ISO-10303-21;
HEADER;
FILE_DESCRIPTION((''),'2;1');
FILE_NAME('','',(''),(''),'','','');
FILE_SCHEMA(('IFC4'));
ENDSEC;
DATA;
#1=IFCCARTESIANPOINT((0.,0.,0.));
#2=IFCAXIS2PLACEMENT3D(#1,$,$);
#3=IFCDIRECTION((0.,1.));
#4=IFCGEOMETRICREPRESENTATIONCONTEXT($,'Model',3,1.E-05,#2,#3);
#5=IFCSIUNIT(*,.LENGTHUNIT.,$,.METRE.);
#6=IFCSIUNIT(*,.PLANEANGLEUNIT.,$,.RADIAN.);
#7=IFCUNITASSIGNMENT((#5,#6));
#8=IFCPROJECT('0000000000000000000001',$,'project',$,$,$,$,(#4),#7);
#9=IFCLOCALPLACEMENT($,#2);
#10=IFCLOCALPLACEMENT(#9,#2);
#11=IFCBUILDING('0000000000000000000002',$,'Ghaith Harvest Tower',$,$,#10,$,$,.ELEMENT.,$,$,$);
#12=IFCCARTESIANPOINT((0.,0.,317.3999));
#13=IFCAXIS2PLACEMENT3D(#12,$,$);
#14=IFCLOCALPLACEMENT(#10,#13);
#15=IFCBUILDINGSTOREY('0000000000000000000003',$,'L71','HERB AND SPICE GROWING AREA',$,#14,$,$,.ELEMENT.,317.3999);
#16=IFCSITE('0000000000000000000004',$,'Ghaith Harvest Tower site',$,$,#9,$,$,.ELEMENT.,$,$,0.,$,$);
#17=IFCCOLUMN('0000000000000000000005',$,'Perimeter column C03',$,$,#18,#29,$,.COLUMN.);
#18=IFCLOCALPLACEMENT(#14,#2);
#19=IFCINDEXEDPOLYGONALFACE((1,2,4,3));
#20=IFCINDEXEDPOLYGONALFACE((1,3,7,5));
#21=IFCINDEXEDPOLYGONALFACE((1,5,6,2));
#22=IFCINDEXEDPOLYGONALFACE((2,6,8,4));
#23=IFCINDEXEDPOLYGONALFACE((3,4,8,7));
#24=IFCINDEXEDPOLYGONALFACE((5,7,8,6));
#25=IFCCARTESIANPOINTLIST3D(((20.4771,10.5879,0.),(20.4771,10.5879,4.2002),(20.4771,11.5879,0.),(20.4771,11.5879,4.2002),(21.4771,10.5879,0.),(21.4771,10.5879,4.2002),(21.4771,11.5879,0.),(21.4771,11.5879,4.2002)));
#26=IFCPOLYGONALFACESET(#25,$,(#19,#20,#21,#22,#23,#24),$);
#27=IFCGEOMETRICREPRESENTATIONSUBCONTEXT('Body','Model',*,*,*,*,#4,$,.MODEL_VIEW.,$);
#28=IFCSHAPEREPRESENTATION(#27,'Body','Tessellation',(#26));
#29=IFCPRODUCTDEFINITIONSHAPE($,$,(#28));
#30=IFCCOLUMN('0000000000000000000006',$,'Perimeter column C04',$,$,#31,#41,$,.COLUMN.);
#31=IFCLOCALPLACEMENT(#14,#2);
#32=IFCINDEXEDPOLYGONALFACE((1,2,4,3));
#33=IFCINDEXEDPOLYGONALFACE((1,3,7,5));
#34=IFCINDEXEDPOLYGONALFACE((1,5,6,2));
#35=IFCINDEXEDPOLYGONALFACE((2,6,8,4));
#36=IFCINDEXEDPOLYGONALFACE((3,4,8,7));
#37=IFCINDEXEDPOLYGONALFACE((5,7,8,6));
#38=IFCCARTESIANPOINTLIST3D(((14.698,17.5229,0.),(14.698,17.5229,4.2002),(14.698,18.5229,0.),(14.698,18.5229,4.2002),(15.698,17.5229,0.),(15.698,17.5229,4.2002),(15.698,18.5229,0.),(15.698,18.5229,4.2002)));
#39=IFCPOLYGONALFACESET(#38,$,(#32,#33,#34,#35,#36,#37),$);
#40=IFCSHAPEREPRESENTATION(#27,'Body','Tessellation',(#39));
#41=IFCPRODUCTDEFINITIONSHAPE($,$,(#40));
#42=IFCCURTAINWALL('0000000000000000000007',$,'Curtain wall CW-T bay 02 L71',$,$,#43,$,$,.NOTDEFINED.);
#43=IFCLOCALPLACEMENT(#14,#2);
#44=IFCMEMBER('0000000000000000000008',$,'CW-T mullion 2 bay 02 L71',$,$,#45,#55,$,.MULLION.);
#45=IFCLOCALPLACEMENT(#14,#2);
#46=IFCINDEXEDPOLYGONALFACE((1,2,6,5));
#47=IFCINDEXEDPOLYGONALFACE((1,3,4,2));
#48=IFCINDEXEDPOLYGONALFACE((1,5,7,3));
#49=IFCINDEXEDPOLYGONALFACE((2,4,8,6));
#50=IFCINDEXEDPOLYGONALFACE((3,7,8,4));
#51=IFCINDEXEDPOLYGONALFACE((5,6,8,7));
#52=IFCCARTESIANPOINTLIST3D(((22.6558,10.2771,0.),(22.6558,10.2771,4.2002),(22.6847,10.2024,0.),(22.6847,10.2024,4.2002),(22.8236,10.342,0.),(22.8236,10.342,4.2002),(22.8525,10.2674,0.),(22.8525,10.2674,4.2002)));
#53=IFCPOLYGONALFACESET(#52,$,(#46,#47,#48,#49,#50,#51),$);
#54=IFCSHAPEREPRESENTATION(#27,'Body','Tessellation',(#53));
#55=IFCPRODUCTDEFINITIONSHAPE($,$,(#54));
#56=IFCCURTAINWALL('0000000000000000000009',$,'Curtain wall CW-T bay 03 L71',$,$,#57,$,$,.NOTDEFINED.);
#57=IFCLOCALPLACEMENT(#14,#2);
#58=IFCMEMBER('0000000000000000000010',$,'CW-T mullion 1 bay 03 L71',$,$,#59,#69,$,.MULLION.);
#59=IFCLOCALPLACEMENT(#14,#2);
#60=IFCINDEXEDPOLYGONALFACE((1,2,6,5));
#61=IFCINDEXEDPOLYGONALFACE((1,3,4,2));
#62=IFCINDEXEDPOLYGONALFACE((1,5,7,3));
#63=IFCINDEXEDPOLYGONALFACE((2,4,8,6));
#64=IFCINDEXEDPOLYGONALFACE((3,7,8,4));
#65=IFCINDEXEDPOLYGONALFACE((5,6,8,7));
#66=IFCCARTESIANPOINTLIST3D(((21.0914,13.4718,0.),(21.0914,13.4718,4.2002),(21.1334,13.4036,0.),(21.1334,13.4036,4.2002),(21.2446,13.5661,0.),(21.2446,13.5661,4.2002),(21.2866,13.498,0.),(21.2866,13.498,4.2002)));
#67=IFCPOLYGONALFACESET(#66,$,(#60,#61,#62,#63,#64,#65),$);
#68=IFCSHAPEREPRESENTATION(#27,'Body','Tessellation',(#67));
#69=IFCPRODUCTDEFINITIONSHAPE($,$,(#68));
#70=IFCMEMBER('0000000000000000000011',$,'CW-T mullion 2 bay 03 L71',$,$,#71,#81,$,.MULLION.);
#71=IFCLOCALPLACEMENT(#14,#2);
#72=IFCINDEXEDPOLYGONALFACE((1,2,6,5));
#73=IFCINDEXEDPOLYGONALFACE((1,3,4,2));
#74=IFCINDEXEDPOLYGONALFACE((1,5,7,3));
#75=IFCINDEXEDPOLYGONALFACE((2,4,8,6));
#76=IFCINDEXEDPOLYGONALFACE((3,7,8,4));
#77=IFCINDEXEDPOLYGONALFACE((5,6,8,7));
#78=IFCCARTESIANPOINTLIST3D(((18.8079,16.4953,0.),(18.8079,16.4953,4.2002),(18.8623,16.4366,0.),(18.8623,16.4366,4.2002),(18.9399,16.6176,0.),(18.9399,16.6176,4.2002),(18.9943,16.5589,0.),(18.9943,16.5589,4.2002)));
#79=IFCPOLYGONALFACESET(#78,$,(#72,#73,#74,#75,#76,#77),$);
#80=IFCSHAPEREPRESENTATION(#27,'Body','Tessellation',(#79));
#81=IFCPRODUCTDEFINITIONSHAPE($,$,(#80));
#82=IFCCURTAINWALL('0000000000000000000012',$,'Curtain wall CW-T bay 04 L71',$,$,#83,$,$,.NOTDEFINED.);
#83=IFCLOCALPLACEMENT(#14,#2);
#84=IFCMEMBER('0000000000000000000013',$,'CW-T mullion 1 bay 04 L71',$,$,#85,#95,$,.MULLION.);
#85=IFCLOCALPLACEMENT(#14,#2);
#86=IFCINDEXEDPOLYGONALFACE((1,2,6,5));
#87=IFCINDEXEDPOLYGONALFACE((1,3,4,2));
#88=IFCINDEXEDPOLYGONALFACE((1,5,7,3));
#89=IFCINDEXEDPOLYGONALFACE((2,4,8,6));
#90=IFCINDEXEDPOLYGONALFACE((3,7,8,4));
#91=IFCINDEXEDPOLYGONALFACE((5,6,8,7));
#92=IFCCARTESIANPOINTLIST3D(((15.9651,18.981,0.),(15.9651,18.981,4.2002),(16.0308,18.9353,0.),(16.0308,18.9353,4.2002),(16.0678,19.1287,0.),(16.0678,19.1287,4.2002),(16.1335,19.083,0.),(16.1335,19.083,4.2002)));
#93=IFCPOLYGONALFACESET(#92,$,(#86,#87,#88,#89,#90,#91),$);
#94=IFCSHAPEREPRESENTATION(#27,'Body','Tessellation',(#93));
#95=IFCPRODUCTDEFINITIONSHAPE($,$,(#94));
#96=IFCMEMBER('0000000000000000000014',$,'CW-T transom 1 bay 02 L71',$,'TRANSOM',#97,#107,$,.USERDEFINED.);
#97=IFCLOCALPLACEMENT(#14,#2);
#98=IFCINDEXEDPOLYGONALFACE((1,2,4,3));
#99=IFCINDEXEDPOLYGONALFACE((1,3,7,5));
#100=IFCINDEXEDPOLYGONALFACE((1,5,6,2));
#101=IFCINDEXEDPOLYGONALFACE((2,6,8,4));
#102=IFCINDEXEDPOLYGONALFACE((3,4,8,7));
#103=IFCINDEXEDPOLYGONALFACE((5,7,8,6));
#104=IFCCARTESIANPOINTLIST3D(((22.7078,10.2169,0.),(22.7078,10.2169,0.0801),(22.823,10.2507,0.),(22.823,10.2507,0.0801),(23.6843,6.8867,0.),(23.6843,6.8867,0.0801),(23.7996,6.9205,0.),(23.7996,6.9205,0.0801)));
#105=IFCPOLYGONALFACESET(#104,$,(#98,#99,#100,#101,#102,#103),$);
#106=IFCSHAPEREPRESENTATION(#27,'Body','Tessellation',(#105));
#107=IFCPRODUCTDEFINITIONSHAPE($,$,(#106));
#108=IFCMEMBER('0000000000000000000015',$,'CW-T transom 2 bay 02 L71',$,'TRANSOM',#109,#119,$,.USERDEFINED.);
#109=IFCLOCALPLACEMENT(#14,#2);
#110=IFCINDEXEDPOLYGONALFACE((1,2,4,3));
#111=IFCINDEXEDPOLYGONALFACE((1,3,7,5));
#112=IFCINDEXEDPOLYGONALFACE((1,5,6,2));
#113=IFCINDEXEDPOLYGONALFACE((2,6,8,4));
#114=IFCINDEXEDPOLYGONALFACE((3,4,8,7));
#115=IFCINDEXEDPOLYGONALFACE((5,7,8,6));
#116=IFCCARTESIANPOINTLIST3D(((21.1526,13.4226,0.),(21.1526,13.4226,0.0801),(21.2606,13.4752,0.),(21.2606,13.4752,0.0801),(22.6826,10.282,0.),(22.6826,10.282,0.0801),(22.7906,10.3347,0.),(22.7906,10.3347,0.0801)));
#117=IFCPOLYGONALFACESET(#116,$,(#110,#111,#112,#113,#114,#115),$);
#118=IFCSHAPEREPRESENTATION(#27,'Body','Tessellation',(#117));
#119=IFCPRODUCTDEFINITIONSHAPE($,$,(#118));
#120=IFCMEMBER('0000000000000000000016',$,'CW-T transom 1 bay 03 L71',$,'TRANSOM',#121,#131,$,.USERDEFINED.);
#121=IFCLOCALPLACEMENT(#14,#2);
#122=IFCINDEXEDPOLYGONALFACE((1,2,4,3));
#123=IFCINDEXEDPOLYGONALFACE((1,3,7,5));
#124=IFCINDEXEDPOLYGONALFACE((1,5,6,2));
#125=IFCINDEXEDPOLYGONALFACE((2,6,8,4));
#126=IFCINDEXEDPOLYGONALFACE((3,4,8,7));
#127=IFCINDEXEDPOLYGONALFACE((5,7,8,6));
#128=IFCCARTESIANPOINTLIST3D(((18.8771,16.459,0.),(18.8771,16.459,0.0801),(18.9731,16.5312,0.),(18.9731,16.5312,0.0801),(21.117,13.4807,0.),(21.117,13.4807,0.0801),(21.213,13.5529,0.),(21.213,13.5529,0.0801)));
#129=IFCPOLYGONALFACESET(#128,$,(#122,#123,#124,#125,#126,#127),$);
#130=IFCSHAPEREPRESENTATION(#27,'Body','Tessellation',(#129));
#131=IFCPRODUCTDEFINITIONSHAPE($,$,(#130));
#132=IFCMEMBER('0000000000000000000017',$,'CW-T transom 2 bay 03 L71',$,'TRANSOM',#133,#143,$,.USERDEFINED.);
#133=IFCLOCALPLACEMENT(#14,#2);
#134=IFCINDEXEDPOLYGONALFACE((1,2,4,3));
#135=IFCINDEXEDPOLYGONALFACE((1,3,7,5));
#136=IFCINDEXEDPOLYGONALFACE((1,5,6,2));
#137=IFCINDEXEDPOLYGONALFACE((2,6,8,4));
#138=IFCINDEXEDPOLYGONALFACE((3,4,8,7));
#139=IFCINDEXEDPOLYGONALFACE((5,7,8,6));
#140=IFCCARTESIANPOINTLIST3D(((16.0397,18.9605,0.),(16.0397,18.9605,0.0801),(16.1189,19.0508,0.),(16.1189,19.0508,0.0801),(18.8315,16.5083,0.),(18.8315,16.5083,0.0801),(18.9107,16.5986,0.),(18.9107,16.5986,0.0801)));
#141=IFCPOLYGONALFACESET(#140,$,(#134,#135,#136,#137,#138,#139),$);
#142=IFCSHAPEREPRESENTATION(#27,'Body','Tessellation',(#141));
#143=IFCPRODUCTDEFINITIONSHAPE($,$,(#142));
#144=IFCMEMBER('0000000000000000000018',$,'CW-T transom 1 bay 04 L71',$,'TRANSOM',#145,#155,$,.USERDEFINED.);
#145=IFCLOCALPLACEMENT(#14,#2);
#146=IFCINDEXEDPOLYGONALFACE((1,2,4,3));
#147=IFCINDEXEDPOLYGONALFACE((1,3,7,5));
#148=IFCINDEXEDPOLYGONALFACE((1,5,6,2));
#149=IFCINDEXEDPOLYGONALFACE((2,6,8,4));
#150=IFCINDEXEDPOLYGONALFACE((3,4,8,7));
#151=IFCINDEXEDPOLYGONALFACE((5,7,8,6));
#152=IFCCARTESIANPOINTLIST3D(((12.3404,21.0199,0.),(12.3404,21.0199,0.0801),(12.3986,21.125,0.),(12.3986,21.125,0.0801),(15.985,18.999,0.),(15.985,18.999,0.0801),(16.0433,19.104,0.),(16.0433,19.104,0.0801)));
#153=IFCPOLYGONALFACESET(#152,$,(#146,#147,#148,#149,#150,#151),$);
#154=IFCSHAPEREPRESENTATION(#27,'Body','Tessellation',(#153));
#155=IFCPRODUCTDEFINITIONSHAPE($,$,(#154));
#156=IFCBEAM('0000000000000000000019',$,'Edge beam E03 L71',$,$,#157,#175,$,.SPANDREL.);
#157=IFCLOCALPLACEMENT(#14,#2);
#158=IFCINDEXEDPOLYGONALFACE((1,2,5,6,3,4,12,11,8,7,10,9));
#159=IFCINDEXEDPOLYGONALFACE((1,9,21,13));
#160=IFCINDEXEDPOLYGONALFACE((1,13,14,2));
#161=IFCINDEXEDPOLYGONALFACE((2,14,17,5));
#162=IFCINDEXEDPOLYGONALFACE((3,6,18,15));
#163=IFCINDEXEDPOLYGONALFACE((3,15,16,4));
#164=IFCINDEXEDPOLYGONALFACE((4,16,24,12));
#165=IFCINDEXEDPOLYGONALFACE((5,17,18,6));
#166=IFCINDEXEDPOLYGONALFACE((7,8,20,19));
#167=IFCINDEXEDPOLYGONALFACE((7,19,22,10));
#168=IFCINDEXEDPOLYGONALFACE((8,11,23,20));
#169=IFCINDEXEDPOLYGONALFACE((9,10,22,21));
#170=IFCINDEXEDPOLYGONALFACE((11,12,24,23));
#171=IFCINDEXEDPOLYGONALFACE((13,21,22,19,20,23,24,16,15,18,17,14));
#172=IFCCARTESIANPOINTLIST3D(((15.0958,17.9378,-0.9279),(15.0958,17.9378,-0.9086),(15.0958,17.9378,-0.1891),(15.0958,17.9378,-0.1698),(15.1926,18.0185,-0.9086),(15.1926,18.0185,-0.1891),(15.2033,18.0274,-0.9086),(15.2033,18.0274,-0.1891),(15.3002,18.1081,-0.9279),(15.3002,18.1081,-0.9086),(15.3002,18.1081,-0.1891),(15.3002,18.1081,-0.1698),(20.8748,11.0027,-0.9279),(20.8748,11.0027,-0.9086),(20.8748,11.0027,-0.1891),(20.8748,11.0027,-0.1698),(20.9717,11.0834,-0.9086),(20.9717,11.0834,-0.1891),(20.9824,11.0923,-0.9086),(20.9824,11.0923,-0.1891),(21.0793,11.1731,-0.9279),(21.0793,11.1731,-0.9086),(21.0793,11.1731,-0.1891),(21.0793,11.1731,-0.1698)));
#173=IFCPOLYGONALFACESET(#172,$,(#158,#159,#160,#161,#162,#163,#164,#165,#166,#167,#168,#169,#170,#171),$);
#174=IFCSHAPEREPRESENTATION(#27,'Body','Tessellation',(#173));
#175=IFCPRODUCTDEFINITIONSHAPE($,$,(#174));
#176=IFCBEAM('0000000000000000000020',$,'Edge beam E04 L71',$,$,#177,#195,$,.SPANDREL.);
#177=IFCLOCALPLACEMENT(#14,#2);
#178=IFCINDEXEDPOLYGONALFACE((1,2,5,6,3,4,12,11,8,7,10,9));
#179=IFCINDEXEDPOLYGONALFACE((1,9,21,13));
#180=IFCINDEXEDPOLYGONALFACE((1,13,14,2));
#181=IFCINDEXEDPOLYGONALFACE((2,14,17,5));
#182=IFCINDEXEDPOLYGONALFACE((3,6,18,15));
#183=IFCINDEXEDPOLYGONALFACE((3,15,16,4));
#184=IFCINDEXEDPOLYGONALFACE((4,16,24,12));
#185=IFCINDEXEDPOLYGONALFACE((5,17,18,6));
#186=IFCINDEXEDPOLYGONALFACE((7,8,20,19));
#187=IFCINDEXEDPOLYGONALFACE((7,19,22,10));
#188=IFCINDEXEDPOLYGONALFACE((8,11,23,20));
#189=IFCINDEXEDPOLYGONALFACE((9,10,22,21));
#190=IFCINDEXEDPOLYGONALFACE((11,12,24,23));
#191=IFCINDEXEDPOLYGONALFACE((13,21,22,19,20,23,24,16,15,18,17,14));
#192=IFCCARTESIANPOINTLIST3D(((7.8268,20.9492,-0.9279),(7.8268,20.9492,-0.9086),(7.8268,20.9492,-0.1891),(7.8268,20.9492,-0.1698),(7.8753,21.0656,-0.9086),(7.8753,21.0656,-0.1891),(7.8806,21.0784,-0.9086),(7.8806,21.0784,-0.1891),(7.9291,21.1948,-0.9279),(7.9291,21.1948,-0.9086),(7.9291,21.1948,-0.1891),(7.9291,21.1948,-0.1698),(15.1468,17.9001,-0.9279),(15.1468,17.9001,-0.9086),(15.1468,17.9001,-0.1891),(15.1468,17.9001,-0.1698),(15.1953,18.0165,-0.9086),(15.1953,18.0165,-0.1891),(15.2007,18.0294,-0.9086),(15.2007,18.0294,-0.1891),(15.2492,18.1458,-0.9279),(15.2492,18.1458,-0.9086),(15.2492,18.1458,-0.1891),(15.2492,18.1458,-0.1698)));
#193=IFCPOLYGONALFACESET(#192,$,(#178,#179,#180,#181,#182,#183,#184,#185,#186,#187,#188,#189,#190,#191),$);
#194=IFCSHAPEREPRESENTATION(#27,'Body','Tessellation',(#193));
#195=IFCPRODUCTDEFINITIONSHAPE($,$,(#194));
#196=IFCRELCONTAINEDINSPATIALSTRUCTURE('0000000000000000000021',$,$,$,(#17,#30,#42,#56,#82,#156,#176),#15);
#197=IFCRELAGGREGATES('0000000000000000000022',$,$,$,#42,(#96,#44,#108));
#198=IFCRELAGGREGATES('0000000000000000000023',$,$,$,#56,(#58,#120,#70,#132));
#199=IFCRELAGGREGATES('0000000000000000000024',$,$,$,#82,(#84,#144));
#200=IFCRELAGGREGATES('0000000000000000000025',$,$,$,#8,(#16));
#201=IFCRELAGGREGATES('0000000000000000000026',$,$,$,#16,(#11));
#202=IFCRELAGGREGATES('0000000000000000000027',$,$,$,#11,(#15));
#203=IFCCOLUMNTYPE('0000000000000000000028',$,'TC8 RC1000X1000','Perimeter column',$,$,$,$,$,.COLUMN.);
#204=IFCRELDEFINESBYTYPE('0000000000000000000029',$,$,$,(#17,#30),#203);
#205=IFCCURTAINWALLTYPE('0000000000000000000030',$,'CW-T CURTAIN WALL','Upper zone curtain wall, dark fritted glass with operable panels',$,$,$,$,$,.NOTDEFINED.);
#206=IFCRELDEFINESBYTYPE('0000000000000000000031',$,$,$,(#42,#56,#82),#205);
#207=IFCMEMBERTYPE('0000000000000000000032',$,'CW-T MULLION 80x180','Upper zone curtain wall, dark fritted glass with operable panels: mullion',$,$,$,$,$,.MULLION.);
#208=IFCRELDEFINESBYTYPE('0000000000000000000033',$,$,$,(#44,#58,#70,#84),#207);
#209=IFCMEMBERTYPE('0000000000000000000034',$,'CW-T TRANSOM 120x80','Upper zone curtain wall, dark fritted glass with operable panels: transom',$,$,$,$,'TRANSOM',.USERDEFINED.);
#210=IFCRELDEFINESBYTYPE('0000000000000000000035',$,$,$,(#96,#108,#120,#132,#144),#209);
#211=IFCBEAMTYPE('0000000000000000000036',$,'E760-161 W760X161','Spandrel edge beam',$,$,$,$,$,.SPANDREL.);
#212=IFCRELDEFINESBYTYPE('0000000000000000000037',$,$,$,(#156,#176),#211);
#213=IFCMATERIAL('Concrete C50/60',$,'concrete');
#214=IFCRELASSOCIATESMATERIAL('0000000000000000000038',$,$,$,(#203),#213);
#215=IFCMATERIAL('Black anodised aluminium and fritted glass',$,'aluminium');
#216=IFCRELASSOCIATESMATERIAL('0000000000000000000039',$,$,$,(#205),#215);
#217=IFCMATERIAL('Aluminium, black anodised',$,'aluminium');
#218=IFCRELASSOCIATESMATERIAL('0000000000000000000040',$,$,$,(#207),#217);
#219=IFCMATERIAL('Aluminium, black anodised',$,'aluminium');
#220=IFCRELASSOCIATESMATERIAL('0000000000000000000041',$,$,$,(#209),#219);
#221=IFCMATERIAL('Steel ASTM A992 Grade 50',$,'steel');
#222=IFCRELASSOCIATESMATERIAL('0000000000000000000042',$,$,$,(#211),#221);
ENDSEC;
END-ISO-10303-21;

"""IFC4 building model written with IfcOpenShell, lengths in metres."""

from ifc_helpers import new_model, si_unit, direction, frame, origin, origin_2d, place, context, subcontext, project, spatial, rectangle, i_section, extrude, material, material_profile, profile_set, type_object, element, aggregate, save


model = new_model("IFC4")

# Units and contexts
model_context = context("Model", 3, precision=1e-05, world=origin(), true_north=direction((0.0, 1.0)))
body_context = subcontext(model_context, "Body", "Model", "MODEL_VIEW")
ifc_project = project(units=[si_unit("LENGTHUNIT", "METRE"), si_unit("PLANEANGLEUNIT", "RADIAN")], contexts=[model_context])

# Site, building, storey
site_placement = place(None, origin())
site = spatial("IfcSite", under=ifc_project, at=site_placement, Name="Ghaith Harvest Tower site", CompositionType="ELEMENT", RefElevation=0.0)
building_placement = place(site_placement, origin())
building = spatial("IfcBuilding", under=site, at=building_placement, Name="Ghaith Harvest Tower", CompositionType="ELEMENT")
storey_placement = place(building_placement, frame((0.0, 0.0, 317.3999)))
storey = spatial("IfcBuildingStorey", under=building, at=storey_placement, Name="L71", Description="HERB AND SPICE GROWING AREA", CompositionType="ELEMENT", Elevation=317.3999)

# Columns
ifc_material_1 = material(Name="Concrete C50/60", Category="concrete")
ifc_material_profile_1 = material_profile(ifc_material_1, rectangle(XDim=1.0, YDim=1.0, at=origin_2d()), Name="RC1000X1000")
ifc_profile_set_1 = profile_set([ifc_material_profile_1], Name="Concrete C50/60")
column_type = type_object("IfcColumnType", Name="TC8 RC1000X1000", Description="Perimeter column", PredefinedType="COLUMN", material=ifc_profile_set_1)
for number, where, z_axis, x_axis, name in (
    (1, (20.9771, 11.0879, 0.0), (0.0, 0.0, 1.0), (1.0, 0.0, 0.0), "Perimeter column C03"),
    (2, (15.198, 18.0229, 0.0), (0.0, 0.0, 1.0), (1.0, 0.0, 0.0), "Perimeter column C04"),
):
    element("IfcColumn", number, at=place(storey_placement, frame(where, z_axis=z_axis, x_axis=x_axis)), inside=storey, type_object=column_type, Name=name, PredefinedType="COLUMN", context=body_context, shape_type="SweptSolid", body=[
        extrude(rectangle(XDim=1.0, YDim=1.0, at=origin_2d()), origin(), (0.0, 0.0, 1.0), 4.2002),
    ])

# Curtain wall, member
ifc_material_2 = material(Name="Black anodised aluminium and fritted glass", Category="aluminium")
curtain_wall_type = type_object("IfcCurtainWallType", Name="CW-T CURTAIN WALL", Description="Upper zone curtain wall, dark fritted glass with operable panels", PredefinedType="NOTDEFINED", material=ifc_material_2)
curtain_wall_1_placement = place(storey_placement, origin())
curtain_wall_1 = element("IfcCurtainWall", 3, at=curtain_wall_1_placement, inside=storey, type_object=curtain_wall_type, Name="Curtain wall CW-T bay 02 L71", PredefinedType="NOTDEFINED")
ifc_material_3 = material(Name="Aluminium, black anodised", Category="aluminium")
ifc_material_profile_2 = material_profile(ifc_material_3, rectangle(XDim=0.0801, YDim=0.1799, at=origin_2d()), Name="CW-T MULLION 80x180")
ifc_profile_set_2 = profile_set([ifc_material_profile_2], Name="Aluminium, black anodised")
member_type_1 = type_object("IfcMemberType", Name="CW-T MULLION 80x180", Description="Upper zone curtain wall, dark fritted glass with operable panels: mullion", PredefinedType="MULLION", material=ifc_profile_set_2)
member_1_placement = place(storey_placement, frame((22.7542, 10.2722, 0.0), z_axis=(0.0, 0.0, 1.0), x_axis=(-0.361184, 0.932494, 0.0)))
member_1 = element("IfcMember", 4, at=member_1_placement, type_object=member_type_1, Name="CW-T mullion 2 bay 02 L71", PredefinedType="MULLION", context=body_context, shape_type="SweptSolid", body=[
    extrude(rectangle(XDim=0.0801, YDim=0.1799, at=origin_2d()), origin(), (0.0, 0.0, 1.0), 4.2002),
])

# Curtain wall, members
curtain_wall_2_placement = place(storey_placement, origin())
curtain_wall_2 = element("IfcCurtainWall", 5, at=curtain_wall_2_placement, inside=storey, type_object=curtain_wall_type, Name="Curtain wall CW-T bay 03 L71", PredefinedType="NOTDEFINED")
member_2_placement = place(storey_placement, frame((21.189, 13.4849, 0.0), z_axis=(0.0, 0.0, 1.0), x_axis=(-0.524482, 0.851421, 0.0)))
member_2 = element("IfcMember", 6, at=member_2_placement, type_object=member_type_1, Name="CW-T mullion 1 bay 03 L71", PredefinedType="MULLION", context=body_context, shape_type="SweptSolid", body=[
    extrude(rectangle(XDim=0.0801, YDim=0.1799, at=origin_2d()), origin(), (0.0, 0.0, 1.0), 4.2002),
])
member_3_placement = place(storey_placement, frame((18.9011, 16.5271, 0.0), z_axis=(0.0, 0.0, 1.0), x_axis=(-0.679661, 0.733526, 0.0)))
member_3 = element("IfcMember", 7, at=member_3_placement, type_object=member_type_1, Name="CW-T mullion 2 bay 03 L71", PredefinedType="MULLION", context=body_context, shape_type="SweptSolid", body=[
    extrude(rectangle(XDim=0.0801, YDim=0.1799, at=origin_2d()), origin(), (0.0, 0.0, 1.0), 4.2002),
])

# Curtain wall, member
curtain_wall_3_placement = place(storey_placement, origin())
curtain_wall_3 = element("IfcCurtainWall", 8, at=curtain_wall_3_placement, inside=storey, type_object=curtain_wall_type, Name="Curtain wall CW-T bay 04 L71", PredefinedType="NOTDEFINED")
member_4_placement = place(storey_placement, frame((16.0493, 19.032, 0.0), z_axis=(0.0, 0.0, 1.0), x_axis=(-0.821112, 0.570767, 0.0)))
member_4 = element("IfcMember", 9, at=member_4_placement, type_object=member_type_1, Name="CW-T mullion 1 bay 04 L71", PredefinedType="MULLION", context=body_context, shape_type="SweptSolid", body=[
    extrude(rectangle(XDim=0.0801, YDim=0.1799, at=origin_2d()), origin(), (0.0, 0.0, 1.0), 4.2002),
])

# Members
ifc_material_4 = material(Name="Aluminium, black anodised", Category="aluminium")
ifc_material_profile_3 = material_profile(ifc_material_4, rectangle(XDim=0.1201, YDim=0.0801, at=origin_2d()), Name="CW-T TRANSOM 120x80")
ifc_profile_set_3 = profile_set([ifc_material_profile_3], Name="Aluminium, black anodised")
member_type_2 = type_object("IfcMemberType", Name="CW-T TRANSOM 120x80", Description="Upper zone curtain wall, dark fritted glass with operable panels: transom", ElementType="TRANSOM", PredefinedType="USERDEFINED", material=ifc_profile_set_3)
member_5_placement = place(storey_placement, frame((23.7419, 6.9036, 0.04), z_axis=(-0.281385, 0.959595, 0.0), x_axis=(-0.959595, -0.281385, 0.0)))
member_5 = element("IfcMember", 10, at=member_5_placement, type_object=member_type_2, Name="CW-T transom 1 bay 02 L71", ObjectType="TRANSOM", PredefinedType="USERDEFINED", context=body_context, shape_type="SweptSolid", body=[
    extrude(rectangle(XDim=0.1201, YDim=0.0801, at=origin_2d()), origin(), (0.0, 0.0, 1.0), 3.4705),
])
member_6_placement = place(storey_placement, frame((22.7366, 10.3083, 0.04), z_axis=(-0.437965, 0.898992, 0.0), x_axis=(-0.898992, -0.437965, 0.0)))
member_6 = element("IfcMember", 11, at=member_6_placement, type_object=member_type_2, Name="CW-T transom 2 bay 02 L71", ObjectType="TRANSOM", PredefinedType="USERDEFINED", context=body_context, shape_type="SweptSolid", body=[
    extrude(rectangle(XDim=0.1201, YDim=0.0801, at=origin_2d()), origin(), (0.0, 0.0, 1.0), 3.4934),
])
member_7_placement = place(storey_placement, frame((21.165, 13.5168, 0.04), z_axis=(-0.601079, 0.79919, 0.0), x_axis=(-0.79919, -0.601079, 0.0)))
member_7 = element("IfcMember", 12, at=member_7_placement, type_object=member_type_2, Name="CW-T transom 1 bay 03 L71", ObjectType="TRANSOM", PredefinedType="USERDEFINED", context=body_context, shape_type="SweptSolid", body=[
    extrude(rectangle(XDim=0.1201, YDim=0.0801, at=origin_2d()), origin(), (0.0, 0.0, 1.0), 3.7266),
])
member_8_placement = place(storey_placement, frame((18.8711, 16.5535, 0.04), z_axis=(-0.751326, 0.659931, 0.0), x_axis=(-0.659931, -0.751326, 0.0)))
member_8 = element("IfcMember", 13, at=member_8_placement, type_object=member_type_2, Name="CW-T transom 2 bay 03 L71", ObjectType="TRANSOM", PredefinedType="USERDEFINED", context=body_context, shape_type="SweptSolid", body=[
    extrude(rectangle(XDim=0.1201, YDim=0.0801, at=origin_2d()), origin(), (0.0, 0.0, 1.0), 3.7158),
])
member_9_placement = place(storey_placement, frame((16.0142, 19.0515, 0.04), z_axis=(-0.874552, 0.484932, 0.0), x_axis=(-0.484932, -0.874552, 0.0)))
member_9 = element("IfcMember", 14, at=member_9_placement, type_object=member_type_2, Name="CW-T transom 1 bay 04 L71", ObjectType="TRANSOM", PredefinedType="USERDEFINED", context=body_context, shape_type="SweptSolid", body=[
    extrude(rectangle(XDim=0.1201, YDim=0.0801, at=origin_2d()), origin(), (0.0, 0.0, 1.0), 4.1675),
])

# Beams
ifc_material_5 = material(Name="Steel ASTM A992 Grade 50", Category="steel")
ifc_material_profile_4 = material_profile(ifc_material_5, i_section(OverallWidth=0.2661, OverallDepth=0.7581, WebThickness=0.0139, FlangeThickness=0.0193, at=origin_2d()), Name="W760X161")
ifc_profile_set_4 = profile_set([ifc_material_profile_4], Name="Steel ASTM A992 Grade 50")
beam_type_1 = type_object("IfcBeamType", Name="E760-161 W760X161", Description="Spandrel edge beam", PredefinedType="SPANDREL", material=ifc_profile_set_4)
beam_1_placement = place(storey_placement, frame((20.9771, 11.0879, -0.5488), z_axis=(-0.640174, 0.76823, 0.0), x_axis=(-0.76823, -0.640174, 0.0)))
element("IfcBeam", 15, at=beam_1_placement, inside=storey, type_object=beam_type_1, Name="Edge beam E03 L71", PredefinedType="SPANDREL", context=body_context, shape_type="SweptSolid", body=[
    extrude(i_section(OverallWidth=0.2661, OverallDepth=0.7581, WebThickness=0.0139, FlangeThickness=0.0193, at=origin_2d()), origin(), (0.0, 0.0, 1.0), 9.0273),
])
beam_2_placement = place(storey_placement, frame((15.198, 18.0229, -0.5488), z_axis=(-0.92312, 0.384513, 0.0), x_axis=(-0.384513, -0.92312, 0.0)))
element("IfcBeam", 16, at=beam_2_placement, inside=storey, type_object=beam_type_1, Name="Edge beam E04 L71", PredefinedType="SPANDREL", context=body_context, shape_type="SweptSolid", body=[
    extrude(i_section(OverallWidth=0.2661, OverallDepth=0.7581, WebThickness=0.0139, FlangeThickness=0.0193, at=origin_2d()), origin(), (0.0, 0.0, 1.0), 7.9297),
])

aggregate(curtain_wall_1, [member_5, member_1, member_6])
aggregate(curtain_wall_2, [member_2, member_7, member_3, member_8])
aggregate(curtain_wall_3, [member_4, member_9])

save(model, "model.ifc")
